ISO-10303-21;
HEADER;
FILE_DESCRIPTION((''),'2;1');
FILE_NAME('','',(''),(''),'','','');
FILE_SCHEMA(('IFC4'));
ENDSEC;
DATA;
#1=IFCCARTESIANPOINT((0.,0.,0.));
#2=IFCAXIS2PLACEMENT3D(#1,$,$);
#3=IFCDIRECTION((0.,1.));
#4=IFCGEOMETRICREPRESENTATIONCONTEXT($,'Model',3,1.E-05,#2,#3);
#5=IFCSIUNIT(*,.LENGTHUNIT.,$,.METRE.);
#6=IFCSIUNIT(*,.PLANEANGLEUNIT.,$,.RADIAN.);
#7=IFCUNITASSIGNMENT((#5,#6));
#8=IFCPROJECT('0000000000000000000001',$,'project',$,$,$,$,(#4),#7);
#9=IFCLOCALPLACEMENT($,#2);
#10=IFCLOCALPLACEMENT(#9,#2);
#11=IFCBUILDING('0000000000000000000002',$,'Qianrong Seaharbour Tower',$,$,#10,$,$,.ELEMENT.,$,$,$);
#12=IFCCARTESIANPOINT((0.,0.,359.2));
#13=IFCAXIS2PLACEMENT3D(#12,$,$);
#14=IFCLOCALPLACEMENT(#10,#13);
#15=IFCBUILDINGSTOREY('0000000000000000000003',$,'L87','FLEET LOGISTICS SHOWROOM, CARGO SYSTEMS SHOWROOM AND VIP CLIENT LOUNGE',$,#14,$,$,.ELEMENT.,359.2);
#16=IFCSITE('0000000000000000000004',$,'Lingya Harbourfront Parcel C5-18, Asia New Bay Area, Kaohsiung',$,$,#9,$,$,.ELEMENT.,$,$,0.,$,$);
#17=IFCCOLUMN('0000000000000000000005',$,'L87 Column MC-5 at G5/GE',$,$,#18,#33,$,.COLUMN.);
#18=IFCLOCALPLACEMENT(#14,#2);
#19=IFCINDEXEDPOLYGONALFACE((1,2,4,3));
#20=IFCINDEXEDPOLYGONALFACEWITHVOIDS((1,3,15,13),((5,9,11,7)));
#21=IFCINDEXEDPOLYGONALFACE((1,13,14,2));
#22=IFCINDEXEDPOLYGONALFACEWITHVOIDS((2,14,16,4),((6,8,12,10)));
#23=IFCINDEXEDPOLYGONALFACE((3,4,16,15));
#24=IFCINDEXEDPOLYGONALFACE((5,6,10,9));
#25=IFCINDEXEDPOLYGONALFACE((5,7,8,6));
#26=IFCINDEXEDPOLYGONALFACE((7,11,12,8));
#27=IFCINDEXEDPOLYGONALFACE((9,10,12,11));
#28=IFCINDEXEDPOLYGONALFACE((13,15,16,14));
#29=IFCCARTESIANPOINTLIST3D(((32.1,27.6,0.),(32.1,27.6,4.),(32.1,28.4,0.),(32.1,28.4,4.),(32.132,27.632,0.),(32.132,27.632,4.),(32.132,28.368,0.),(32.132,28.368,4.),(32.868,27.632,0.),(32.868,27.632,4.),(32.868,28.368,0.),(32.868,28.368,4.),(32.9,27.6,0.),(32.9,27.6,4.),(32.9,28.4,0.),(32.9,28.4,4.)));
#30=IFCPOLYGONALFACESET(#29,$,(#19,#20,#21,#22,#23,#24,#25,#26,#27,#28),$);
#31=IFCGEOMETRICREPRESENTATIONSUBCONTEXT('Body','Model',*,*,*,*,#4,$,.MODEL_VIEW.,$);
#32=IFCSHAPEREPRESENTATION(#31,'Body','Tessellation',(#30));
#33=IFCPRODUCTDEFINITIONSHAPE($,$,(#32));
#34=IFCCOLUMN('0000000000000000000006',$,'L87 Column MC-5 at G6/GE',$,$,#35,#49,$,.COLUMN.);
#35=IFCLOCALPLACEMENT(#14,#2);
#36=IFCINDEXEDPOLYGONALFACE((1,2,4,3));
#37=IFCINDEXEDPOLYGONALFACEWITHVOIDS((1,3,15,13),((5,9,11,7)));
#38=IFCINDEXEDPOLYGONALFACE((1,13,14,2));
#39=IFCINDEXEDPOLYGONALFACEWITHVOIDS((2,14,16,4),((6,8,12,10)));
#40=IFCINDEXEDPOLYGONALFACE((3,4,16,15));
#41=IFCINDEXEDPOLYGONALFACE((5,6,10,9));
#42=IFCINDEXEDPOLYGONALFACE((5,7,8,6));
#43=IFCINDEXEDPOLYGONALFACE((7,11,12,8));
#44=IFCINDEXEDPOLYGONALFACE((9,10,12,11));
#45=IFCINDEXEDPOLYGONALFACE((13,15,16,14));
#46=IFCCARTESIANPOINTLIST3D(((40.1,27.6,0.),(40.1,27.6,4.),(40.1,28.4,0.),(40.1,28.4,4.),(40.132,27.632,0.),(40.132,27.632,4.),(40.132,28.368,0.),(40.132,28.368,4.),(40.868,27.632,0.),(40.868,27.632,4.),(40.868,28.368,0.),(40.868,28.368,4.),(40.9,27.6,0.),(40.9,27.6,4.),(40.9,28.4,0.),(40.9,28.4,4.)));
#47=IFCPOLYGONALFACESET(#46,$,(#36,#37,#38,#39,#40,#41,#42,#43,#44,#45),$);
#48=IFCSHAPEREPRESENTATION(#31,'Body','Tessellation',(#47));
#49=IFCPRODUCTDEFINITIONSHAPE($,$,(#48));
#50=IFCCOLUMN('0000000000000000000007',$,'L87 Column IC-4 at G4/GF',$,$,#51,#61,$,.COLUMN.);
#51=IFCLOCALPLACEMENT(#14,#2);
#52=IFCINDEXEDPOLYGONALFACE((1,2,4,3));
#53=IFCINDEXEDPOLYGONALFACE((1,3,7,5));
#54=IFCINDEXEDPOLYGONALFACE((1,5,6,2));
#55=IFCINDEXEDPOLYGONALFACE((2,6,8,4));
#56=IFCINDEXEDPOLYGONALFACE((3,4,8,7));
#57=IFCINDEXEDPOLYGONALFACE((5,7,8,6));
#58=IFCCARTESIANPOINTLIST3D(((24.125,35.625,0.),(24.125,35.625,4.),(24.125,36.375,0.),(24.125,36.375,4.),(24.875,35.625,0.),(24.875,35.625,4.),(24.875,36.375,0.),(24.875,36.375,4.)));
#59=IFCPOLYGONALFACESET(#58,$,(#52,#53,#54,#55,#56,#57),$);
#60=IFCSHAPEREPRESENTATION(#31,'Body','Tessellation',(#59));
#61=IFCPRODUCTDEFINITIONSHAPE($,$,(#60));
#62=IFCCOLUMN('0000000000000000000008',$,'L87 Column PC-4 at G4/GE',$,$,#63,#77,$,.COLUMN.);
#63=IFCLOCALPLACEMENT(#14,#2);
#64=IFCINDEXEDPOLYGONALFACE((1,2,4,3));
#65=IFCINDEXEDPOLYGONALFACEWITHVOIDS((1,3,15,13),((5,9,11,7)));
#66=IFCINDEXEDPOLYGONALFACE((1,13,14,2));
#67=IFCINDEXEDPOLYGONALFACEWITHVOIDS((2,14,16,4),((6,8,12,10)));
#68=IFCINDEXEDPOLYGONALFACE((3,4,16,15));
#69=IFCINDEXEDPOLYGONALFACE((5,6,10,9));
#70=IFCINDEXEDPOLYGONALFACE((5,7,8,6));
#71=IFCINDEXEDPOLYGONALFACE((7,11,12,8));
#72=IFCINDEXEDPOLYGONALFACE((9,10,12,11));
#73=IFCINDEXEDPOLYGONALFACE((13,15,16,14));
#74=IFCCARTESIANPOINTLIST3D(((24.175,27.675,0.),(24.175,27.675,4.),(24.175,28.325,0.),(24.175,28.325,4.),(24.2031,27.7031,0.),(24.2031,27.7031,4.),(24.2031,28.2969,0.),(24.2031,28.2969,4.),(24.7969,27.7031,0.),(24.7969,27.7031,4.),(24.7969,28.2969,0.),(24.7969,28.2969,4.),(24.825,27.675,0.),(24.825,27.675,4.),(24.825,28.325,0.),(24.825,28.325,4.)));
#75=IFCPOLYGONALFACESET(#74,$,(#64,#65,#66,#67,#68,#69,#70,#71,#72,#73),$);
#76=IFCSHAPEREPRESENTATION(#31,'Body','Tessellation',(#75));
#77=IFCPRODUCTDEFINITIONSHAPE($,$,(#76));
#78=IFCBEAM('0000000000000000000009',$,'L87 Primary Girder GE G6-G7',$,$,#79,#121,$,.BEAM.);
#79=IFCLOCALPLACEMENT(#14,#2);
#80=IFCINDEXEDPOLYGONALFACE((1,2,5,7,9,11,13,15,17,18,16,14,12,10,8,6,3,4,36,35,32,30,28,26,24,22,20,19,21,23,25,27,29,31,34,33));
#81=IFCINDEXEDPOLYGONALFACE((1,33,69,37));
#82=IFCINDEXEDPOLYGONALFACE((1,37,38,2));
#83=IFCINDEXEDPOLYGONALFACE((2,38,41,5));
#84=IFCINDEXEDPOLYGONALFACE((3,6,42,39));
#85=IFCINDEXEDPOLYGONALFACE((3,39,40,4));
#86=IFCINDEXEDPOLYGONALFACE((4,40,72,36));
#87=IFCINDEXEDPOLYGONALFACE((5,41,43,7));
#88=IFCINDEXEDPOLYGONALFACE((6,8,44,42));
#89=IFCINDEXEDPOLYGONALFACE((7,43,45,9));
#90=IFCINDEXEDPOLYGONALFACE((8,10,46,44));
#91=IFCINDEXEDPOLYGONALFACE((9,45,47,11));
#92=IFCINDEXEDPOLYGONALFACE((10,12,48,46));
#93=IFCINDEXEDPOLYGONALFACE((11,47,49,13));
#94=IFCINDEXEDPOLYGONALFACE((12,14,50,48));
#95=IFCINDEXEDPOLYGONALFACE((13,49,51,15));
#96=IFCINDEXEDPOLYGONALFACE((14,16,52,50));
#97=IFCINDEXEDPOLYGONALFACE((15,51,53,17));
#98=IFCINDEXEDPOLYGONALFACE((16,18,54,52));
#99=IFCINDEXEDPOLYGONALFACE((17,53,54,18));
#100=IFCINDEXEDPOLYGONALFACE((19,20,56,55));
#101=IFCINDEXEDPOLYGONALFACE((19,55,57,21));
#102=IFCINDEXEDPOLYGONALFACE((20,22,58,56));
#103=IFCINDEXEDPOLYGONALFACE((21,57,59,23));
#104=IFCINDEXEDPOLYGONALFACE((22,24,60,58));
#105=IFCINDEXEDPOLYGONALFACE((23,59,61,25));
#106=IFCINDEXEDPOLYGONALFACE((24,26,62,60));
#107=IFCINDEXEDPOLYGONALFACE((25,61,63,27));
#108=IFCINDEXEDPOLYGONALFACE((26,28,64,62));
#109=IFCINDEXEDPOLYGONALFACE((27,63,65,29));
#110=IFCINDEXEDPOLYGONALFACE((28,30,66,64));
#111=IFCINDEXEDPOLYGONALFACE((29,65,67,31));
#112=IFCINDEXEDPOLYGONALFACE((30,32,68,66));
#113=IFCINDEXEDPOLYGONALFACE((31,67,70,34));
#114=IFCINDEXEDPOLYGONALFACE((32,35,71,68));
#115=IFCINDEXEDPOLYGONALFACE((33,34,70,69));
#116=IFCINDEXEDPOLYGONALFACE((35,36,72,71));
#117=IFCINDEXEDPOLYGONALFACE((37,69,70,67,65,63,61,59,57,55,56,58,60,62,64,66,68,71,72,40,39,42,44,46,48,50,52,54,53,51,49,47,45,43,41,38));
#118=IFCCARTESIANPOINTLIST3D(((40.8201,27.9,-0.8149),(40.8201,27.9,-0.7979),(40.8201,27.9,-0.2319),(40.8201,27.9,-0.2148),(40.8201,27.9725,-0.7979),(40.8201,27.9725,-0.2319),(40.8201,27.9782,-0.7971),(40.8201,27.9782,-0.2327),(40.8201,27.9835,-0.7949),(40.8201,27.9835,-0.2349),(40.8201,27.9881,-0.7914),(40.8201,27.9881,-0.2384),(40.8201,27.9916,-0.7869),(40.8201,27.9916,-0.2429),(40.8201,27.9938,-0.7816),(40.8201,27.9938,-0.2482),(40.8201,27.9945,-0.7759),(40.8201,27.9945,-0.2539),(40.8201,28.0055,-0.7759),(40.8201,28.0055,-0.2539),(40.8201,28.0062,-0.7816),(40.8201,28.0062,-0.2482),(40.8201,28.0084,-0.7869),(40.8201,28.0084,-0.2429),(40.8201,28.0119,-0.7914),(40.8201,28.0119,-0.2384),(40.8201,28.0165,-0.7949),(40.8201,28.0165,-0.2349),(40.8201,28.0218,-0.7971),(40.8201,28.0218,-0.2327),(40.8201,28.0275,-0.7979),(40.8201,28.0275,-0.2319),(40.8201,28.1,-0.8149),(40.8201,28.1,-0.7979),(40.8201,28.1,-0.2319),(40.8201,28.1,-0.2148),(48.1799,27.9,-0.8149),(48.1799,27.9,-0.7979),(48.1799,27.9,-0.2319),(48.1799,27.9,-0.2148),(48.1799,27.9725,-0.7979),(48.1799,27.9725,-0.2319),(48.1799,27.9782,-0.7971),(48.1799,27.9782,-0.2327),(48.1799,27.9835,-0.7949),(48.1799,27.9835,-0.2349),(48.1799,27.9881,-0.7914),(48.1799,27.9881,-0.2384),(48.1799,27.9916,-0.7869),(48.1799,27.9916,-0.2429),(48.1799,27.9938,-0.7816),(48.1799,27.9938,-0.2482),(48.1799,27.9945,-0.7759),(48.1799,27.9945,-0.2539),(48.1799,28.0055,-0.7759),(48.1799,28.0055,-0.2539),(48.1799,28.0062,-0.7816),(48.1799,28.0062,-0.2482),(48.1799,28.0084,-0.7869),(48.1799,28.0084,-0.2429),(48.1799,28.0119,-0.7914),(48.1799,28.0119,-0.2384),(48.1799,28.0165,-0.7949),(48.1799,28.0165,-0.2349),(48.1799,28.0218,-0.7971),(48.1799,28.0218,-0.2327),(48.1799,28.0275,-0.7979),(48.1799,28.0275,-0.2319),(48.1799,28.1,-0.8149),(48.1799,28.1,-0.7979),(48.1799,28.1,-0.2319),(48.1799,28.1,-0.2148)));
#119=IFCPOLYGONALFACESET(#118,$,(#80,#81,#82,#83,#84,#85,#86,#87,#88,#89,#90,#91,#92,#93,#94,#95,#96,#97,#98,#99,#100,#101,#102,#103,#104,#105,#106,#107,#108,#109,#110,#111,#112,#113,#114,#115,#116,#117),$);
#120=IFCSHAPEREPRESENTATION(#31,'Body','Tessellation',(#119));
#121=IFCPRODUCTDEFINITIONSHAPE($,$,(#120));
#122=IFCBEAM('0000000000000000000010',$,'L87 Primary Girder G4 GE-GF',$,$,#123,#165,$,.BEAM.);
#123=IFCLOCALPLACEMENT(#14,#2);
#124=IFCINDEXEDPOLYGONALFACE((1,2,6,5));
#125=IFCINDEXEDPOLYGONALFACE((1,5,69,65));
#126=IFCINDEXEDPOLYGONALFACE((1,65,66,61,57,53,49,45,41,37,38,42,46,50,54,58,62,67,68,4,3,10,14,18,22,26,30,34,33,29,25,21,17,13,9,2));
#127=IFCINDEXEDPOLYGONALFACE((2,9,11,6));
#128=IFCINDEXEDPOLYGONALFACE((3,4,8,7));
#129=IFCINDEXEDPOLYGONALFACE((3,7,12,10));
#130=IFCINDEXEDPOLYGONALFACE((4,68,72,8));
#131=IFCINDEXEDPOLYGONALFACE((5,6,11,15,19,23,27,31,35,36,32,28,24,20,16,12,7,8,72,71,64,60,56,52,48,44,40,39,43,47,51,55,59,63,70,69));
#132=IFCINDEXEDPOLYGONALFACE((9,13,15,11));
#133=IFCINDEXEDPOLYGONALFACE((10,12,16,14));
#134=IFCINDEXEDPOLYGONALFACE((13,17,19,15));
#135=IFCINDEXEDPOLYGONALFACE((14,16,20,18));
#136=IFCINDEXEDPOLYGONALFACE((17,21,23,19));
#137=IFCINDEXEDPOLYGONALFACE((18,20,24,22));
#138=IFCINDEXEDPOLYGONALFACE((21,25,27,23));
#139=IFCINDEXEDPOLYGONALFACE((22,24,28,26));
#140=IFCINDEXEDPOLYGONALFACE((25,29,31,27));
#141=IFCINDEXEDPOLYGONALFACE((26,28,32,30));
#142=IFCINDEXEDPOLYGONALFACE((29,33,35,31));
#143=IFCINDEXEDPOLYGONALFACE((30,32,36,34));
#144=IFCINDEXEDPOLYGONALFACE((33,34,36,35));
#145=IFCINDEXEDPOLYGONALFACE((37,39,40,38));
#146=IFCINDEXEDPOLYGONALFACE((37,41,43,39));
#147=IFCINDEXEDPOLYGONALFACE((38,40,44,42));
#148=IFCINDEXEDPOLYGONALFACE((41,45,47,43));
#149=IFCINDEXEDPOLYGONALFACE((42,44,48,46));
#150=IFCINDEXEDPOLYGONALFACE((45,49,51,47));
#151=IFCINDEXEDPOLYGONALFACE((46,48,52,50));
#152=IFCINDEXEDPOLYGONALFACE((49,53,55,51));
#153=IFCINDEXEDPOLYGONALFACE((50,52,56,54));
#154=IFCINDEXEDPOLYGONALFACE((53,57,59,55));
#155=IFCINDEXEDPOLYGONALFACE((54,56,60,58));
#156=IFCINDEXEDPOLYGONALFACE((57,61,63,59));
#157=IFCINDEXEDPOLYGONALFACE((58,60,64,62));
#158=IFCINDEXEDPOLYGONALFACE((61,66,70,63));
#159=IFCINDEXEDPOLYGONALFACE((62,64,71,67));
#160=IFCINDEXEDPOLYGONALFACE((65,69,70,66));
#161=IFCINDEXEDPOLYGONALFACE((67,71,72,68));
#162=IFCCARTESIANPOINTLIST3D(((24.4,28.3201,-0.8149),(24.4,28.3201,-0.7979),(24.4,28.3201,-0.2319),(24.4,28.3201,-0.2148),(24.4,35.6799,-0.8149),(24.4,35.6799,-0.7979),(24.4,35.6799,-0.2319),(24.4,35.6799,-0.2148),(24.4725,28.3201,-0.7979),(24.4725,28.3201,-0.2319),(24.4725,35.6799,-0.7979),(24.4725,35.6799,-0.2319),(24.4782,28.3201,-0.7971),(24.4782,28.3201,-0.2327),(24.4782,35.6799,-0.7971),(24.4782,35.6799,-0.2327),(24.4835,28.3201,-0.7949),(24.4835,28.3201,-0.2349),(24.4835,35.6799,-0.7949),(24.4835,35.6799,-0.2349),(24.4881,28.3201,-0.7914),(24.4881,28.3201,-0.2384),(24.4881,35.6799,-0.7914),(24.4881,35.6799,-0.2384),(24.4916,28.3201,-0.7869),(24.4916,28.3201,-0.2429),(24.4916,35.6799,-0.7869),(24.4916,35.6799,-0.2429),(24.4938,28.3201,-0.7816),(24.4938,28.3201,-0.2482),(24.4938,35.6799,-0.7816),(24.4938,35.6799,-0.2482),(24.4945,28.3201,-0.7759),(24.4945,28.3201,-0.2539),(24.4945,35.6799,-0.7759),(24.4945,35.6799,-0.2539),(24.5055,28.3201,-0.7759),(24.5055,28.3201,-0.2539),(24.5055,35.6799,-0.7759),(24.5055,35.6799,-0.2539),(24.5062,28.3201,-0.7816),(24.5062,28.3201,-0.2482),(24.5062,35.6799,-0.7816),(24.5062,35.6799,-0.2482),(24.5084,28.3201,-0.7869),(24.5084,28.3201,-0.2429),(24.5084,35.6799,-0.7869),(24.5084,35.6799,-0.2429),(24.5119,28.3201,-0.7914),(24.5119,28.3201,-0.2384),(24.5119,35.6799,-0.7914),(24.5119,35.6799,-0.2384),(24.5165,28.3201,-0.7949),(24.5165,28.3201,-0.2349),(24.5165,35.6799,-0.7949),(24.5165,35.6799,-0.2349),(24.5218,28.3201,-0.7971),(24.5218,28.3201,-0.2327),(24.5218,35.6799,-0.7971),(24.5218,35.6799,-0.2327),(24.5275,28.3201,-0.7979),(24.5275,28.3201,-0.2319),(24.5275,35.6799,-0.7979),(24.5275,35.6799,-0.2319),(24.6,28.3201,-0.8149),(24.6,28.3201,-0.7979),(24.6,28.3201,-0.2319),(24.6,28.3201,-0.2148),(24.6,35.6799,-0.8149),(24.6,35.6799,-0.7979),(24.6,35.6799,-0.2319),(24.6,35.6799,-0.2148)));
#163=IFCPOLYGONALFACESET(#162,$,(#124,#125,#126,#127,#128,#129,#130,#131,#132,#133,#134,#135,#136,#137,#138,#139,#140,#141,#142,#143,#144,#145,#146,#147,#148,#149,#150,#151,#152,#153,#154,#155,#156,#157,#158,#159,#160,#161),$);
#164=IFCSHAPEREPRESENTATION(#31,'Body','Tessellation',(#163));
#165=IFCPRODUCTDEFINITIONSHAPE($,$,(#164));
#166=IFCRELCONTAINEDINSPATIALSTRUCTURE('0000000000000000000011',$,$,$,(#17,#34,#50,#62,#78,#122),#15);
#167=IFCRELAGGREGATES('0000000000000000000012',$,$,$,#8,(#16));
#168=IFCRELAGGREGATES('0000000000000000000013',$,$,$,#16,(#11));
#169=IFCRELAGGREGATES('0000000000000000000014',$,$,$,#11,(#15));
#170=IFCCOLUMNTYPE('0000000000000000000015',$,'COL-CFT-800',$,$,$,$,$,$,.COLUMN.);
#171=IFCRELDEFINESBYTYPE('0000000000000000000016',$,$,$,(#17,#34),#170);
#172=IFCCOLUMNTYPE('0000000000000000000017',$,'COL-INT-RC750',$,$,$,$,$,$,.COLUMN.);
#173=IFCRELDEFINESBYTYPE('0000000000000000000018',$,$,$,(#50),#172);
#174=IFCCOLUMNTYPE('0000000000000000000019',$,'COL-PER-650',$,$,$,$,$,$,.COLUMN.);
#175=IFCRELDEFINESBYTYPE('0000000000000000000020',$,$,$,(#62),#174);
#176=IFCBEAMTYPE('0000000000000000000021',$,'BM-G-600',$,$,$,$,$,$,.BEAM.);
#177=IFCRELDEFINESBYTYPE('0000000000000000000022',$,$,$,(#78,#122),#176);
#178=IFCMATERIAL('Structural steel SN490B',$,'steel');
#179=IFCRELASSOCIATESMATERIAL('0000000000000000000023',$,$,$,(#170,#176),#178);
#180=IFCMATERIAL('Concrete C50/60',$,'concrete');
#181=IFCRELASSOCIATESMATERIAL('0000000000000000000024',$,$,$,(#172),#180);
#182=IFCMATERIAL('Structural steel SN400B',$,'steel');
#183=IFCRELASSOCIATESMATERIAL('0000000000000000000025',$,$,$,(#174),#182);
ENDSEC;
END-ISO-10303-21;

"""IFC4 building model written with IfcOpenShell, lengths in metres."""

from ifc_helpers import new_model, si_unit, direction, frame, origin, origin_2d, place, context, subcontext, project, spatial, rectangle, hollow_rectangle, i_section, extrude, material, material_profile, profile_set, type_object, element, save


model = new_model("IFC4")

# Units and contexts
model_context = context("Model", 3, precision=1e-05, world=origin(), true_north=direction((0.0, 1.0)))
body_context = subcontext(model_context, "Body", "Model", "MODEL_VIEW")
ifc_project = project(units=[si_unit("LENGTHUNIT", "METRE"), si_unit("PLANEANGLEUNIT", "RADIAN")], contexts=[model_context])

# Site, building, storey
site_placement = place(None, origin())
site = spatial("IfcSite", under=ifc_project, at=site_placement, Name="Lingya Harbourfront Parcel C5-18, Asia New Bay Area, Kaohsiung", CompositionType="ELEMENT", RefElevation=0.0)
building_placement = place(site_placement, origin())
building = spatial("IfcBuilding", under=site, at=building_placement, Name="Qianrong Seaharbour Tower", CompositionType="ELEMENT")
storey_placement = place(building_placement, frame((0.0, 0.0, 359.2)))
storey = spatial("IfcBuildingStorey", under=building, at=storey_placement, Name="L87", Description="FLEET LOGISTICS SHOWROOM, CARGO SYSTEMS SHOWROOM AND VIP CLIENT LOUNGE", CompositionType="ELEMENT", Elevation=359.2)

# Columns
ifc_material_1 = material(Name="Structural steel SN490B", Category="steel")
ifc_material_profile_1 = material_profile(ifc_material_1, hollow_rectangle(XDim=0.8, YDim=0.8, WallThickness=0.032, at=origin_2d()), Name="BOX800x800x32")
ifc_profile_set_1 = profile_set([ifc_material_profile_1], Name="Structural steel SN490B")
column_type_1 = type_object("IfcColumnType", Name="COL-CFT-800", PredefinedType="COLUMN", material=ifc_profile_set_1)
for number, where, z_axis, x_axis, name in (
    (1, (32.5, 28.0, 0.0), (0.0, 0.0, 1.0), (1.0, 0.0, 0.0), "L87 Column MC-5 at G5/GE"),
    (2, (40.5, 28.0, 0.0), (0.0, 0.0, 1.0), (1.0, 0.0, 0.0), "L87 Column MC-5 at G6/GE"),
):
    element("IfcColumn", number, at=place(storey_placement, frame(where, z_axis=z_axis, x_axis=x_axis)), inside=storey, type_object=column_type_1, Name=name, PredefinedType="COLUMN", context=body_context, shape_type="SweptSolid", body=[
        extrude(hollow_rectangle(XDim=0.8, YDim=0.8, WallThickness=0.032, at=origin_2d()), origin(), (0.0, 0.0, 1.0), 4.0),
    ])
ifc_material_2 = material(Name="Concrete C50/60", Category="concrete")
ifc_material_profile_2 = material_profile(ifc_material_2, rectangle(XDim=0.75, YDim=0.75, at=origin_2d()), Name="RC750x750")
ifc_profile_set_2 = profile_set([ifc_material_profile_2], Name="Concrete C50/60")
column_type_2 = type_object("IfcColumnType", Name="COL-INT-RC750", PredefinedType="COLUMN", material=ifc_profile_set_2)
column_1_placement = place(storey_placement, frame((24.5, 36.0, 0.0), z_axis=(0.0, 0.0, 1.0), x_axis=(1.0, 0.0, 0.0)))
element("IfcColumn", 3, at=column_1_placement, inside=storey, type_object=column_type_2, Name="L87 Column IC-4 at G4/GF", PredefinedType="COLUMN", context=body_context, shape_type="SweptSolid", body=[
    extrude(rectangle(XDim=0.75, YDim=0.75, at=origin_2d()), origin(), (0.0, 0.0, 1.0), 4.0),
])
ifc_material_3 = material(Name="Structural steel SN400B", Category="steel")
ifc_material_profile_3 = material_profile(ifc_material_3, hollow_rectangle(XDim=0.6499, YDim=0.6499, WallThickness=0.0281, at=origin_2d()), Name="BOX650x650x28")
ifc_profile_set_3 = profile_set([ifc_material_profile_3], Name="Structural steel SN400B")
column_type_3 = type_object("IfcColumnType", Name="COL-PER-650", PredefinedType="COLUMN", material=ifc_profile_set_3)
column_2_placement = place(storey_placement, frame((24.5, 28.0, 0.0), z_axis=(0.0, 0.0, 1.0), x_axis=(1.0, 0.0, 0.0)))
element("IfcColumn", 4, at=column_2_placement, inside=storey, type_object=column_type_3, Name="L87 Column PC-4 at G4/GE", PredefinedType="COLUMN", context=body_context, shape_type="SweptSolid", body=[
    extrude(hollow_rectangle(XDim=0.6499, YDim=0.6499, WallThickness=0.0281, at=origin_2d()), origin(), (0.0, 0.0, 1.0), 4.0),
])

# Beams
ifc_material_profile_4 = material_profile(ifc_material_1, i_section(OverallWidth=0.2, OverallDepth=0.6001, WebThickness=0.011, FlangeThickness=0.0171, FilletRadius=0.022, at=origin_2d()), Name="H600x200x11x17")
ifc_profile_set_4 = profile_set([ifc_material_profile_4], Name="Structural steel SN490B")
beam_type_1 = type_object("IfcBeamType", Name="BM-G-600", PredefinedType="BEAM", material=ifc_profile_set_4)
for number, where, z_axis, x_axis, name in (
    (5, (40.8201, 28.0, -0.5149), (1.0, 0.0, 0.0), (0.0, 1.0, 0.0), "L87 Primary Girder GE G6-G7"),
    (6, (24.5, 28.3201, -0.5149), (0.0, 1.0, 0.0), (-1.0, 0.0, 0.0), "L87 Primary Girder G4 GE-GF"),
):
    element("IfcBeam", number, at=place(storey_placement, frame(where, z_axis=z_axis, x_axis=x_axis)), inside=storey, type_object=beam_type_1, Name=name, PredefinedType="BEAM", context=body_context, shape_type="SweptSolid", body=[
        extrude(i_section(OverallWidth=0.2, OverallDepth=0.6001, WebThickness=0.011, FlangeThickness=0.0171, FilletRadius=0.022, at=origin_2d()), origin(), (0.0, 0.0, 1.0), 7.3599),
    ])

save(model, "model.ifc")
